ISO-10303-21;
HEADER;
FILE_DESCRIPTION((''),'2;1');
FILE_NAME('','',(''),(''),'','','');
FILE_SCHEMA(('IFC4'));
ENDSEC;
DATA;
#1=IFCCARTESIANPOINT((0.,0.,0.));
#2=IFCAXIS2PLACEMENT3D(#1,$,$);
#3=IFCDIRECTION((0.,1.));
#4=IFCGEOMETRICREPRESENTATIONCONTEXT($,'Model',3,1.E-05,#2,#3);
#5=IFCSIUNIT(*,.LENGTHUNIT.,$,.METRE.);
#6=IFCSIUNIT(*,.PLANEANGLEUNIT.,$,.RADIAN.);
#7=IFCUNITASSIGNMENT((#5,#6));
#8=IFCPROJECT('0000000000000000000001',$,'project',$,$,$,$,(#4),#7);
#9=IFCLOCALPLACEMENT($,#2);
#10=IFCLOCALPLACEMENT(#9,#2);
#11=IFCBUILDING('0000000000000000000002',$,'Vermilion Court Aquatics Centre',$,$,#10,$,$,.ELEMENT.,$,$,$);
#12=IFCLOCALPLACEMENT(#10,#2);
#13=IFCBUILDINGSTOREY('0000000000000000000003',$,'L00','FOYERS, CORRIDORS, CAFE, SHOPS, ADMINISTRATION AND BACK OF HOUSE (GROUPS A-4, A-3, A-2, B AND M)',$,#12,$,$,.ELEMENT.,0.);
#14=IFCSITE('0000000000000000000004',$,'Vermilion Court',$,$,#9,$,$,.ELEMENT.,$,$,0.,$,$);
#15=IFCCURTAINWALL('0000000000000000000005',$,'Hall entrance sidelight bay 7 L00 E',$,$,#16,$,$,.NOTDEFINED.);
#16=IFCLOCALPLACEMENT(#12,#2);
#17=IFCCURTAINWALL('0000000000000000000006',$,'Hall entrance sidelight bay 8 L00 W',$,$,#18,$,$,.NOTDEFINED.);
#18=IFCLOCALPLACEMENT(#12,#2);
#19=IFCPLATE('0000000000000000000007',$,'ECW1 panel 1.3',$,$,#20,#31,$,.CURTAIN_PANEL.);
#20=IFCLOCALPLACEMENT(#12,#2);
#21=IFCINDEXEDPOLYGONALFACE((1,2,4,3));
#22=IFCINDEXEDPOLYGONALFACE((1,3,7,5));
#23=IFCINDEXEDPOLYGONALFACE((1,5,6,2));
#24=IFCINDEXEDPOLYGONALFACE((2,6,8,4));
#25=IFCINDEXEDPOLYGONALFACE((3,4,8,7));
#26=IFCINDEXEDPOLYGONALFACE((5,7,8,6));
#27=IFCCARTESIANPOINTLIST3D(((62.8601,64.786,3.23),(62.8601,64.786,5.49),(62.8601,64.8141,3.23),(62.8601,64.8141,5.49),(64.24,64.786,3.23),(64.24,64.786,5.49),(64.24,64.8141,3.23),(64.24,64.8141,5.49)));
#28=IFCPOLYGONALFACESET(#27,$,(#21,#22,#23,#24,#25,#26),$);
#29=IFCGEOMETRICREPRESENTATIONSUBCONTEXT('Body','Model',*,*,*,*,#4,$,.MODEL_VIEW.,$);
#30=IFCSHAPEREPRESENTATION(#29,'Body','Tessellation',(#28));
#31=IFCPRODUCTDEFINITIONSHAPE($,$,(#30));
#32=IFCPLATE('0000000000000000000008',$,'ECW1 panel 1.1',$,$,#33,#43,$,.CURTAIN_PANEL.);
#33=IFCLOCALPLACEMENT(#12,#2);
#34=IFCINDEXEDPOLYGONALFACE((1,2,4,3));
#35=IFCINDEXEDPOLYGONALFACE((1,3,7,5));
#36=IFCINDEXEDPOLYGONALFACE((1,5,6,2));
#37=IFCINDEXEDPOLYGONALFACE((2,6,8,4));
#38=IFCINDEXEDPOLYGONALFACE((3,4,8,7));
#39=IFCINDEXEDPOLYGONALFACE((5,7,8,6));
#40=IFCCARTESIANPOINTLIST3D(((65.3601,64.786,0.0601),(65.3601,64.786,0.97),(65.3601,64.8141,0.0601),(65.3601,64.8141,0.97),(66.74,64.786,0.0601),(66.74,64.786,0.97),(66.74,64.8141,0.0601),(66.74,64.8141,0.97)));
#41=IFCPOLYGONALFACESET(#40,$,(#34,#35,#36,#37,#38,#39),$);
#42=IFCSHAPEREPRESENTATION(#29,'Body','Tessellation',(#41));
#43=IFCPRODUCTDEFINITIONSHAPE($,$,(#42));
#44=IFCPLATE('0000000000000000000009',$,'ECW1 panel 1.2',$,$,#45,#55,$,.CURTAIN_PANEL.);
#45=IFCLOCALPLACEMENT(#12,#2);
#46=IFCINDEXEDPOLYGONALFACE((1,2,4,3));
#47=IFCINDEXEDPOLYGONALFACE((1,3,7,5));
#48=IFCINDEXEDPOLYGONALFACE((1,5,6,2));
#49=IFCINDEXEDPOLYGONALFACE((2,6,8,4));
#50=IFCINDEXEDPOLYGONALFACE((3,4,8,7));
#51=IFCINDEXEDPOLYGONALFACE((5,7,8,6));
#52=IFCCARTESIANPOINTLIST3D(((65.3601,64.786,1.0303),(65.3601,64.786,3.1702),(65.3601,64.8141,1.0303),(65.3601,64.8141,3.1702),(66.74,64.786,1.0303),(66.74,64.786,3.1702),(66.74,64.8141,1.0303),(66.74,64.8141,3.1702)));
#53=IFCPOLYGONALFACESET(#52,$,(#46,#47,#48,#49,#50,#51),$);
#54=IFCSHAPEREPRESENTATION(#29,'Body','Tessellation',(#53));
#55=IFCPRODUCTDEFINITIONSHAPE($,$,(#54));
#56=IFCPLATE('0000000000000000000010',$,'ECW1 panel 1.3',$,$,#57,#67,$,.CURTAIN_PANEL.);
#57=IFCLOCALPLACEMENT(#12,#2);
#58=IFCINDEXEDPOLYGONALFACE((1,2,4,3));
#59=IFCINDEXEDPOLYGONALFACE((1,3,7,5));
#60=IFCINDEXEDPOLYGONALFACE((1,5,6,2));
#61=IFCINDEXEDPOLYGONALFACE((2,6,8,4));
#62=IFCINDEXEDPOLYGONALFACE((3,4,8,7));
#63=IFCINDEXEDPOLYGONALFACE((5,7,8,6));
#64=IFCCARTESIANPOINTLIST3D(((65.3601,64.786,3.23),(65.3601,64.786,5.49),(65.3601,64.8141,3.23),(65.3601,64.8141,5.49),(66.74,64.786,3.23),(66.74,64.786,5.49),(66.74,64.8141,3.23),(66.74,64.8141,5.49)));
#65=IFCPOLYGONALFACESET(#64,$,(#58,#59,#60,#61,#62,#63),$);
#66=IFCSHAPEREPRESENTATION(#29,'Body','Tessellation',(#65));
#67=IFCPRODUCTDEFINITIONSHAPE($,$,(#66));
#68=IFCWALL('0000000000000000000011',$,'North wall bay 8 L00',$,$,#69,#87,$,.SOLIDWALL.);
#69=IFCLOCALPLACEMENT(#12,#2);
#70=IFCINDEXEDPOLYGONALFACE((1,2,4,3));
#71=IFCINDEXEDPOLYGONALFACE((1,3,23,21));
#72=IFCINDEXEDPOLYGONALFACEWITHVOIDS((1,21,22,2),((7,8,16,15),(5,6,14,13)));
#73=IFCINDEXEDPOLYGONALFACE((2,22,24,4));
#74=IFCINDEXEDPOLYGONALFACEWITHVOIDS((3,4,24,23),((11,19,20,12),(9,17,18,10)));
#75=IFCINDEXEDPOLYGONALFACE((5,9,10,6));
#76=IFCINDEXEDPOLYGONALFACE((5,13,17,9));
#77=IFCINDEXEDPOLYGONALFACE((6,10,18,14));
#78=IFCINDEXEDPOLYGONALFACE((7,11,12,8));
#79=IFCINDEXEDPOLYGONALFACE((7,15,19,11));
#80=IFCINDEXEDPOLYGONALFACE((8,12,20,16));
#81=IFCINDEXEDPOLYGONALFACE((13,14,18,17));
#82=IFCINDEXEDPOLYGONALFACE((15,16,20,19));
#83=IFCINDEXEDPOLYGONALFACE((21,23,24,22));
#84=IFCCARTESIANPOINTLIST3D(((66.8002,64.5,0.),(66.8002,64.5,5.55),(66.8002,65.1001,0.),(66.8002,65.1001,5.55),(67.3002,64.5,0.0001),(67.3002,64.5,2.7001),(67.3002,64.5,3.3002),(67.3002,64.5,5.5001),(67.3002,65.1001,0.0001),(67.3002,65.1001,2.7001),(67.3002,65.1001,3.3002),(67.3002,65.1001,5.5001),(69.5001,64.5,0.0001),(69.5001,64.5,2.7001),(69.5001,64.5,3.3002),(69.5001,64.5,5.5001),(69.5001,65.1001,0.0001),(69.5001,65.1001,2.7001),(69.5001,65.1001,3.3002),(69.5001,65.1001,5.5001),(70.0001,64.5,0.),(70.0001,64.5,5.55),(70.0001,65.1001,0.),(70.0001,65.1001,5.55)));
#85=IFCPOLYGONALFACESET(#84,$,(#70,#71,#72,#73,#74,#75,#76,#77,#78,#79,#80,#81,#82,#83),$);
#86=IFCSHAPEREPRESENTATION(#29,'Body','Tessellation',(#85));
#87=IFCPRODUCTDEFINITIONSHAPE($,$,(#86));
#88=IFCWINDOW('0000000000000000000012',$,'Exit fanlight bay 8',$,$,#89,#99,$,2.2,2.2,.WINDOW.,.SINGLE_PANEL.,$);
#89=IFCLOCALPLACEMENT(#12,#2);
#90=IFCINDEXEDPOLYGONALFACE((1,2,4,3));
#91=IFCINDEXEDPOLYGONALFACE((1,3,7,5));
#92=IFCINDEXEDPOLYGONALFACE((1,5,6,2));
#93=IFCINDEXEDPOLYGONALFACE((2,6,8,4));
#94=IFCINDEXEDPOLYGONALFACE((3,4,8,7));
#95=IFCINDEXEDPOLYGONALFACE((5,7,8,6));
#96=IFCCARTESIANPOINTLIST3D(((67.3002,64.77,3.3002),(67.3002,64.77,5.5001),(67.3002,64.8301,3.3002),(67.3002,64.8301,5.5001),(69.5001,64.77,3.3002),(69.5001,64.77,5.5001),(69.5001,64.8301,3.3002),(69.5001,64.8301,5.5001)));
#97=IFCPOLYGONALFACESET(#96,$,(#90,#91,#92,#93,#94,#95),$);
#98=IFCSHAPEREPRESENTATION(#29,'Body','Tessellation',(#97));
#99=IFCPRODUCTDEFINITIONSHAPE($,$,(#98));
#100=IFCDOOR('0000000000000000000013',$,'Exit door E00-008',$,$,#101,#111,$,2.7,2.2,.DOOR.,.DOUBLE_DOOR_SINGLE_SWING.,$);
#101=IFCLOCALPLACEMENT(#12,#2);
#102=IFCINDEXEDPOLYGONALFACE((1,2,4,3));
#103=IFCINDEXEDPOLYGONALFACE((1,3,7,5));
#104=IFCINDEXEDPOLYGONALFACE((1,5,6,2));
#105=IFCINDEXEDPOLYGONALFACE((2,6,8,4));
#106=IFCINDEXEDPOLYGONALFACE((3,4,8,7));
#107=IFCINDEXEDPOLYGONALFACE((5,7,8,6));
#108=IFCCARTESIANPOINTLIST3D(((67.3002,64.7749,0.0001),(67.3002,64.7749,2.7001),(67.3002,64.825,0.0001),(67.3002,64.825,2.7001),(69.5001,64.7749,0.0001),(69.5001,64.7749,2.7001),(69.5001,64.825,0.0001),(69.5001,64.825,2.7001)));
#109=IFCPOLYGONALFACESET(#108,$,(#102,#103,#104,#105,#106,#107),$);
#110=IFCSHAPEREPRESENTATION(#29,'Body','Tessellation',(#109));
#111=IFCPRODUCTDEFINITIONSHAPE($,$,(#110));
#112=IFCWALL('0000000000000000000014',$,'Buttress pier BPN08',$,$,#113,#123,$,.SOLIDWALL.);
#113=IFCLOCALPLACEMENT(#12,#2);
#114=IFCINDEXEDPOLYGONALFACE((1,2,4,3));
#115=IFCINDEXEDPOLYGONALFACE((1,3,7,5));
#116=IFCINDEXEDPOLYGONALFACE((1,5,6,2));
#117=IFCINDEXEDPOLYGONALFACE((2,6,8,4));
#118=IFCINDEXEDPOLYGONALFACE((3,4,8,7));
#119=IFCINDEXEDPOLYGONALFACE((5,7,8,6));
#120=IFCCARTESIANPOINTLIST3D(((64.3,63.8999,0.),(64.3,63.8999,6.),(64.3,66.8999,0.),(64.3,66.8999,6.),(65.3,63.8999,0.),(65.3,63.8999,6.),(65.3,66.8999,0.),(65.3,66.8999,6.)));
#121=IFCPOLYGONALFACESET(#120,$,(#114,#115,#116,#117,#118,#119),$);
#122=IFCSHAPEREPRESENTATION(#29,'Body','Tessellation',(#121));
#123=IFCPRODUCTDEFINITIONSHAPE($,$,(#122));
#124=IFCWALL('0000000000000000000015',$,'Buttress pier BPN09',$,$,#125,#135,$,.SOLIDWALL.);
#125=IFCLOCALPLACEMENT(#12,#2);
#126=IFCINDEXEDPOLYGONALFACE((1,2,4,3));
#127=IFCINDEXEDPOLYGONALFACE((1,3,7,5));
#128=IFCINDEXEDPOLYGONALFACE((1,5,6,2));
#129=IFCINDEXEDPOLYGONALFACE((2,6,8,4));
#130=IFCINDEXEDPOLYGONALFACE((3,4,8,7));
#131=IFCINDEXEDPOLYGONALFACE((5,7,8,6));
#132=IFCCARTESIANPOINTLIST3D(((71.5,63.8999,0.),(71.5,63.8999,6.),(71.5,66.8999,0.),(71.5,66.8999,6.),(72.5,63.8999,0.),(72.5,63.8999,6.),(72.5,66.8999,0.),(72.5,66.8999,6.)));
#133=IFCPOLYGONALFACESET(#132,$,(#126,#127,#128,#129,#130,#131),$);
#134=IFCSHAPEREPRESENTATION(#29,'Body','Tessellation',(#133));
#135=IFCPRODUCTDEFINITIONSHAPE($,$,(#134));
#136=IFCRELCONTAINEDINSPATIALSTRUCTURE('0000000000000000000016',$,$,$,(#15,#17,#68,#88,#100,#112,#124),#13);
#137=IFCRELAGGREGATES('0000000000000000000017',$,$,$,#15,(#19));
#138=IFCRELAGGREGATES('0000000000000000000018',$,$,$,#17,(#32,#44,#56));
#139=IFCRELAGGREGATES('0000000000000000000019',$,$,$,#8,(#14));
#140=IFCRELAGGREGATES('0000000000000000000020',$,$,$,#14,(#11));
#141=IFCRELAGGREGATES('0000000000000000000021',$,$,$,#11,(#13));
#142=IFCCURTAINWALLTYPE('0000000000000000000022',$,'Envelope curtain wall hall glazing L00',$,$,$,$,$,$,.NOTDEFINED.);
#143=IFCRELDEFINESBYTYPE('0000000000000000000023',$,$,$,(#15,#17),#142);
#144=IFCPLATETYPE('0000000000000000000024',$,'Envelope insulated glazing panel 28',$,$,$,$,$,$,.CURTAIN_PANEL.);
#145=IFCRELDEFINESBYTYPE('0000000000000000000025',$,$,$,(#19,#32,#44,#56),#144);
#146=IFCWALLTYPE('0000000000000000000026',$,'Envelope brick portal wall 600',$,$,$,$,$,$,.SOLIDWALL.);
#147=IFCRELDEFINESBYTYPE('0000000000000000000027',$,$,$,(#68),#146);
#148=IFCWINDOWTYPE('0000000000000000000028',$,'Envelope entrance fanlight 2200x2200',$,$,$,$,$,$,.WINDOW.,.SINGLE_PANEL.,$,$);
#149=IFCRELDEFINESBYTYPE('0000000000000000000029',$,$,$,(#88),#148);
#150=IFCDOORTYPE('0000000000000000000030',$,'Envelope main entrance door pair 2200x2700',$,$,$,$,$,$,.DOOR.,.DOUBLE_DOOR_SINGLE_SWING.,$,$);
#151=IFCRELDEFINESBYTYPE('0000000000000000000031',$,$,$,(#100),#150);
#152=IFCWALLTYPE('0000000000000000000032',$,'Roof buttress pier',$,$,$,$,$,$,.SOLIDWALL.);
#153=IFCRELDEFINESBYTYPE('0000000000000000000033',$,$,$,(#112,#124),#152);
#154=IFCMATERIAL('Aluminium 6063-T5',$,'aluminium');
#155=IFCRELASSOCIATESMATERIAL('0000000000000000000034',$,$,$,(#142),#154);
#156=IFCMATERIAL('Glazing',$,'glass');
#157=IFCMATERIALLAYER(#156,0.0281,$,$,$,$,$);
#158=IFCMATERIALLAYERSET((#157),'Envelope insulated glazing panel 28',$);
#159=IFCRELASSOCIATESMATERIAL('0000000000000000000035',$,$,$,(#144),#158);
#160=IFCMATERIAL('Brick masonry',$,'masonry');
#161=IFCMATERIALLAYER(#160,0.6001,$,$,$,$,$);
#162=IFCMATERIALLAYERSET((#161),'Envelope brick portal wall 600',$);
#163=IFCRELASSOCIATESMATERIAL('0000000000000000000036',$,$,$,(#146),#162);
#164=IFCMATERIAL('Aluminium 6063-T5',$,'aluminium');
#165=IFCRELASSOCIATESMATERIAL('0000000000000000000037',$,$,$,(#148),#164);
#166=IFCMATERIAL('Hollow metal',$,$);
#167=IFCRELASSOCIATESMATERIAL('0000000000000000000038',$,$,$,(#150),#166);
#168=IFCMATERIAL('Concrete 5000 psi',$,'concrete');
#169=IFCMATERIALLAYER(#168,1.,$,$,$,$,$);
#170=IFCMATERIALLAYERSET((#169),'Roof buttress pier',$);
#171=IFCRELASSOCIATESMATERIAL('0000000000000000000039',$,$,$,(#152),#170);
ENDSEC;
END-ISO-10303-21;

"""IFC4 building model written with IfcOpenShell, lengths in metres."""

from ifc_helpers import new_model, si_unit, direction, frame, frame_2d, origin, origin_2d, place, context, subcontext, project, spatial, rectangle, extrude, material, layer, layer_set, type_object, element, fill, aggregate, save


model = new_model("IFC4")

# Units and contexts
model_context = context("Model", 3, precision=1e-05, world=origin(), true_north=direction((0.0, 1.0)))
body_context = subcontext(model_context, "Body", "Model", "MODEL_VIEW")
ifc_project = project(units=[si_unit("LENGTHUNIT", "METRE"), si_unit("PLANEANGLEUNIT", "RADIAN")], contexts=[model_context])

# Site, building, storey
site_placement = place(None, origin())
site = spatial("IfcSite", under=ifc_project, at=site_placement, Name="Vermilion Court", CompositionType="ELEMENT", RefElevation=0.0)
building_placement = place(site_placement, origin())
building = spatial("IfcBuilding", under=site, at=building_placement, Name="Vermilion Court Aquatics Centre", CompositionType="ELEMENT")
storey_placement = place(building_placement, origin())
storey = spatial("IfcBuildingStorey", under=building, at=storey_placement, Name="L00", Description="FOYERS, CORRIDORS, CAFE, SHOPS, ADMINISTRATION AND BACK OF HOUSE (GROUPS A-4, A-3, A-2, B AND M)", CompositionType="ELEMENT", Elevation=0.0)

# Curtain wall
ifc_material_1 = material(Name="Aluminium 6063-T5", Category="aluminium")
curtain_wall_type = type_object("IfcCurtainWallType", Name="Envelope curtain wall hall glazing L00", PredefinedType="NOTDEFINED", material=ifc_material_1)
curtain_wall_1_placement = place(storey_placement, origin())
curtain_wall_1 = element("IfcCurtainWall", 1, at=curtain_wall_1_placement, inside=storey, type_object=curtain_wall_type, Name="Hall entrance sidelight bay 7 L00 E", PredefinedType="NOTDEFINED")

# Curtain wall
curtain_wall_2_placement = place(storey_placement, origin())
curtain_wall_2 = element("IfcCurtainWall", 2, at=curtain_wall_2_placement, inside=storey, type_object=curtain_wall_type, Name="Hall entrance sidelight bay 8 L00 W", PredefinedType="NOTDEFINED")

# Plates
ifc_material_2 = material(Name="Glazing", Category="glass")
ifc_layer_1 = layer(ifc_material_2, 0.0281)
ifc_layer_set_1 = layer_set([ifc_layer_1], Name="Envelope insulated glazing panel 28")
plate_type = type_object("IfcPlateType", Name="Envelope insulated glazing panel 28", PredefinedType="CURTAIN_PANEL", material=ifc_layer_set_1)
plate_1_placement = place(storey_placement, frame((63.55, 64.8, 3.23), z_axis=(0.0, 0.0, 1.0), x_axis=(1.0, 0.0, 0.0)))
plate_1 = element("IfcPlate", 3, at=plate_1_placement, type_object=plate_type, Name="ECW1 panel 1.3", PredefinedType="CURTAIN_PANEL", context=body_context, shape_type="SweptSolid", body=[
    extrude(rectangle(XDim=1.3799, YDim=0.0281, at=origin_2d()), origin(), (0.0, 0.0, 1.0), 2.26),
])
aggregate(curtain_wall_1, [plate_1])
plate_2_placement = place(storey_placement, frame((66.05, 64.8, 0.0601), z_axis=(0.0, 0.0, 1.0), x_axis=(1.0, 0.0, 0.0)))
plate_2 = element("IfcPlate", 4, at=plate_2_placement, type_object=plate_type, Name="ECW1 panel 1.1", PredefinedType="CURTAIN_PANEL", context=body_context, shape_type="SweptSolid", body=[
    extrude(rectangle(XDim=1.3799, YDim=0.0281, at=origin_2d()), origin(), (0.0, 0.0, 1.0), 0.9099),
])
plate_3_placement = place(storey_placement, frame((66.05, 64.8, 1.0303), z_axis=(0.0, 0.0, 1.0), x_axis=(1.0, 0.0, 0.0)))
plate_3 = element("IfcPlate", 5, at=plate_3_placement, type_object=plate_type, Name="ECW1 panel 1.2", PredefinedType="CURTAIN_PANEL", context=body_context, shape_type="SweptSolid", body=[
    extrude(rectangle(XDim=1.3799, YDim=0.0281, at=origin_2d()), origin(), (0.0, 0.0, 1.0), 2.1399),
])
plate_4_placement = place(storey_placement, frame((66.05, 64.8, 3.23), z_axis=(0.0, 0.0, 1.0), x_axis=(1.0, 0.0, 0.0)))
plate_4 = element("IfcPlate", 6, at=plate_4_placement, type_object=plate_type, Name="ECW1 panel 1.3", PredefinedType="CURTAIN_PANEL", context=body_context, shape_type="SweptSolid", body=[
    extrude(rectangle(XDim=1.3799, YDim=0.0281, at=origin_2d()), origin(), (0.0, 0.0, 1.0), 2.26),
])
aggregate(curtain_wall_2, [plate_2, plate_3, plate_4])

# Wall, openings, window, door
ifc_material_3 = material(Name="Brick masonry", Category="masonry")
ifc_layer_2 = layer(ifc_material_3, 0.6001)
ifc_layer_set_2 = layer_set([ifc_layer_2], Name="Envelope brick portal wall 600")
wall_type_1 = type_object("IfcWallType", Name="Envelope brick portal wall 600", PredefinedType="SOLIDWALL", material=ifc_layer_set_2)
wall_placement = place(storey_placement, frame((66.8, 64.8, 0.0), z_axis=(0.0, 0.0, 1.0), x_axis=(1.0, 0.0, 0.0)))
wall = element("IfcWall", 7, at=wall_placement, inside=storey, type_object=wall_type_1, Name="North wall bay 8 L00", PredefinedType="SOLIDWALL", context=body_context, shape_type="SweptSolid", body=[
    extrude(rectangle(XDim=3.2, YDim=0.6001, at=frame_2d((1.6001, 0.0))), origin(), (0.0, 0.0, 1.0), 5.55),
])
opening_1_placement = place(wall_placement, frame((0.5, 0.0, 0.0)))
opening_1 = element("IfcOpeningElement", 8, at=opening_1_placement, cuts=wall, PredefinedType="OPENING", context=body_context, shape_type="SweptSolid", body=[
    extrude(rectangle(XDim=2.2, YDim=2.7, at=frame_2d((1.1001, 1.3501))), frame((0.0, 0.3101, 0.0), z_axis=(0.0, -1.0, 0.0), x_axis=(1.0, 0.0, 0.0)), (0.0, 0.0, 1.0), 0.6201),
])
opening_2_placement = place(wall_placement, frame((0.5, 0.0, 3.3)))
opening_2 = element("IfcOpeningElement", 9, at=opening_2_placement, cuts=wall, PredefinedType="OPENING", context=body_context, shape_type="SweptSolid", body=[
    extrude(rectangle(XDim=2.2, YDim=2.2, at=frame_2d((1.1001, 1.1001))), frame((0.0, 0.3101, 0.0), z_axis=(0.0, -1.0, 0.0), x_axis=(1.0, 0.0, 0.0)), (0.0, 0.0, 1.0), 0.6201),
])
ifc_material_4 = material(Name="Aluminium 6063-T5", Category="aluminium")
window_type = type_object("IfcWindowType", Name="Envelope entrance fanlight 2200x2200", PartitioningType="SINGLE_PANEL", PredefinedType="WINDOW", material=ifc_material_4)
window_placement = place(opening_2_placement, origin())
window = element("IfcWindow", 10, at=window_placement, inside=storey, type_object=window_type, Name="Exit fanlight bay 8", OverallHeight=2.2, OverallWidth=2.2, PartitioningType="SINGLE_PANEL", PredefinedType="WINDOW", context=body_context, shape_type="SweptSolid", body=[
    extrude(rectangle(XDim=2.2, YDim=2.2, at=frame_2d((1.1001, 1.1001))), frame((0.0, 0.03, 0.0), z_axis=(0.0, -1.0, 0.0), x_axis=(1.0, 0.0, 0.0)), (0.0, 0.0, 1.0), 0.0601),
])
fill(opening_2, window)
ifc_material_5 = material(Name="Hollow metal")
door_type = type_object("IfcDoorType", Name="Envelope main entrance door pair 2200x2700", OperationType="DOUBLE_DOOR_SINGLE_SWING", PredefinedType="DOOR", material=ifc_material_5)
door_placement = place(opening_1_placement, origin())
door = element("IfcDoor", 11, at=door_placement, inside=storey, type_object=door_type, Name="Exit door E00-008", OperationType="DOUBLE_DOOR_SINGLE_SWING", OverallHeight=2.7, OverallWidth=2.2, PredefinedType="DOOR", context=body_context, shape_type="SweptSolid", body=[
    extrude(rectangle(XDim=2.2, YDim=2.7, at=frame_2d((1.1001, 1.3501))), frame((0.0, 0.0249, 0.0), z_axis=(0.0, -1.0, 0.0), x_axis=(1.0, 0.0, 0.0)), (0.0, 0.0, 1.0), 0.05),
])
fill(opening_1, door)

# Walls
ifc_material_6 = material(Name="Concrete 5000 psi", Category="concrete")
ifc_layer_3 = layer(ifc_material_6, 1.0)
ifc_layer_set_3 = layer_set([ifc_layer_3], Name="Roof buttress pier")
wall_type_2 = type_object("IfcWallType", Name="Roof buttress pier", PredefinedType="SOLIDWALL", material=ifc_layer_set_3)
for number, where, z_axis, x_axis, name in (
    (12, (64.8, 63.8999, 0.0), (0.0, 0.0, 1.0), (0.0, 1.0, 0.0), "Buttress pier BPN08"),
    (13, (72.0, 63.8999, 0.0), (0.0, 0.0, 1.0), (0.0, 1.0, 0.0), "Buttress pier BPN09"),
):
    element("IfcWall", number, at=place(storey_placement, frame(where, z_axis=z_axis, x_axis=x_axis)), inside=storey, type_object=wall_type_2, Name=name, PredefinedType="SOLIDWALL", context=body_context, shape_type="SweptSolid", body=[
        extrude(rectangle(XDim=3.0, YDim=1.0, at=frame_2d((1.5, 0.0))), origin(), (0.0, 0.0, 1.0), 6.0),
    ])

save(model, "model.ifc")
